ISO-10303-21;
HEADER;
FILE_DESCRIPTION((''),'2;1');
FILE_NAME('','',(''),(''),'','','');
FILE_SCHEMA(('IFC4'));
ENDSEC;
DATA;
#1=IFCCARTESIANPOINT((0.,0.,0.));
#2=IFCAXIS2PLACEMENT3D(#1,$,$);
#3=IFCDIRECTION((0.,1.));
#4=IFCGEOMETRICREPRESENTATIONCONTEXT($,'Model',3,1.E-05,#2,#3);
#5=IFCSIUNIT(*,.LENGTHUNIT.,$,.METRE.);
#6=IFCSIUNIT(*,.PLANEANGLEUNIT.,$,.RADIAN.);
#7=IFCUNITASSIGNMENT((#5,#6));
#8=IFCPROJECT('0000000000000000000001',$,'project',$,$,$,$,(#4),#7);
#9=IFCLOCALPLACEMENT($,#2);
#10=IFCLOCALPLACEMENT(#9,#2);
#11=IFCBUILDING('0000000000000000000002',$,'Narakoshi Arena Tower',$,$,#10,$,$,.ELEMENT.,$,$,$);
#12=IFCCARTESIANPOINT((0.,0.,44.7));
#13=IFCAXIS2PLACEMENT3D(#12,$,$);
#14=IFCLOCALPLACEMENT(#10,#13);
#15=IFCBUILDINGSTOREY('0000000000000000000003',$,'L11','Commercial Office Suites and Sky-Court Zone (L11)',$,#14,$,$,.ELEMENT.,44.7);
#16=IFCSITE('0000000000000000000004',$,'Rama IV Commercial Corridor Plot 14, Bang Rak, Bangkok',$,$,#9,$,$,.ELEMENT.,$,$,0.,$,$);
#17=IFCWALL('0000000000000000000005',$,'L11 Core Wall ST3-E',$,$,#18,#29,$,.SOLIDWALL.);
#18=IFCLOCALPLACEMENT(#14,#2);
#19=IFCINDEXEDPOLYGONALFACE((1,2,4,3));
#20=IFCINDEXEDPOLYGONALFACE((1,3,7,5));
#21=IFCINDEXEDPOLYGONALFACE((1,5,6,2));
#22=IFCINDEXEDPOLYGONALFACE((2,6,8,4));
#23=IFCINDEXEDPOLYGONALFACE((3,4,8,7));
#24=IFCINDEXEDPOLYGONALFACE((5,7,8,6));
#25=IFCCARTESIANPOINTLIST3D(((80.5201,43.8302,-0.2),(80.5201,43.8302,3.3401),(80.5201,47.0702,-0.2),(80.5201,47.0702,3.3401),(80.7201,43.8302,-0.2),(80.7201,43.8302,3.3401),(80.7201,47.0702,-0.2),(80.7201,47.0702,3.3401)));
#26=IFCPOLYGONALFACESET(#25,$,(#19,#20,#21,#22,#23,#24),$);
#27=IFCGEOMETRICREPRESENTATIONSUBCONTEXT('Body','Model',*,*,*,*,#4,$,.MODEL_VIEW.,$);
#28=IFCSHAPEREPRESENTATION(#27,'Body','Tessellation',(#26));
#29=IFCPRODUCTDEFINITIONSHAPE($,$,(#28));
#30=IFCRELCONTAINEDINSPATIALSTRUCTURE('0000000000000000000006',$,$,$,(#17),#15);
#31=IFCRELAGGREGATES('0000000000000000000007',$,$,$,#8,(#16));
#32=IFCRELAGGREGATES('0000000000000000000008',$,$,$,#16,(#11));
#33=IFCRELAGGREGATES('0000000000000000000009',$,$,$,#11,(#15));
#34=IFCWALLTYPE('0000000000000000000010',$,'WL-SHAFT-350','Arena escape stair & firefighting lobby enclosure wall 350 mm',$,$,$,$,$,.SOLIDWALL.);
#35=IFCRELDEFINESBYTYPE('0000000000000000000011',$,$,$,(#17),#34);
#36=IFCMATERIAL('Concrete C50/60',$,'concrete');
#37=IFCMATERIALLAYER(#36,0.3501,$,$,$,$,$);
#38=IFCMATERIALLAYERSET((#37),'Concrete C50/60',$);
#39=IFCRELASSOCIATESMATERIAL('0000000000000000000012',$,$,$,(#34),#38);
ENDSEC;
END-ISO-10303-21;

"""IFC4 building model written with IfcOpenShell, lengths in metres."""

from ifc_helpers import new_model, si_unit, direction, frame, frame_2d, origin, place, context, subcontext, project, spatial, rectangle, extrude, material, layer, layer_set, type_object, element, save


model = new_model("IFC4")

# Units and contexts
model_context = context("Model", 3, precision=1e-05, world=origin(), true_north=direction((0.0, 1.0)))
body_context = subcontext(model_context, "Body", "Model", "MODEL_VIEW")
ifc_project = project(units=[si_unit("LENGTHUNIT", "METRE"), si_unit("PLANEANGLEUNIT", "RADIAN")], contexts=[model_context])

# Site, building, storey
site_placement = place(None, origin())
site = spatial("IfcSite", under=ifc_project, at=site_placement, Name="Rama IV Commercial Corridor Plot 14, Bang Rak, Bangkok", CompositionType="ELEMENT", RefElevation=0.0)
building_placement = place(site_placement, origin())
building = spatial("IfcBuilding", under=site, at=building_placement, Name="Narakoshi Arena Tower", CompositionType="ELEMENT")
storey_placement = place(building_placement, frame((0.0, 0.0, 44.7)))
storey = spatial("IfcBuildingStorey", under=building, at=storey_placement, Name="L11", Description="Commercial Office Suites and Sky-Court Zone (L11)", CompositionType="ELEMENT", Elevation=44.7)

# Shared definitions
ifc_material_1 = material(Name="Concrete C50/60", Category="concrete")
ifc_layer_1 = layer(ifc_material_1, 0.3501)
ifc_layer_set_1 = layer_set([ifc_layer_1], Name="Concrete C50/60")
wall_type_1 = type_object("IfcWallType", Name="WL-SHAFT-350", Description="Arena escape stair & firefighting lobby enclosure wall 350 mm", PredefinedType="SOLIDWALL", material=ifc_layer_set_1)

# Wall
wall_1_placement = place(storey_placement, frame((80.6201, 43.8301, -0.2), z_axis=(0.0, 0.0, 1.0), x_axis=(0.0, 1.0, 0.0)))
element("IfcWall", 1, at=wall_1_placement, inside=storey, type_object=wall_type_1, Name="L11 Core Wall ST3-E", PredefinedType="SOLIDWALL", context=body_context, shape_type="SweptSolid", body=[
    extrude(rectangle(XDim=3.24, YDim=0.2, at=frame_2d((1.6201, 0.0))), origin(), (0.0, 0.0, 1.0), 3.54),
])

save(model, "model.ifc")
